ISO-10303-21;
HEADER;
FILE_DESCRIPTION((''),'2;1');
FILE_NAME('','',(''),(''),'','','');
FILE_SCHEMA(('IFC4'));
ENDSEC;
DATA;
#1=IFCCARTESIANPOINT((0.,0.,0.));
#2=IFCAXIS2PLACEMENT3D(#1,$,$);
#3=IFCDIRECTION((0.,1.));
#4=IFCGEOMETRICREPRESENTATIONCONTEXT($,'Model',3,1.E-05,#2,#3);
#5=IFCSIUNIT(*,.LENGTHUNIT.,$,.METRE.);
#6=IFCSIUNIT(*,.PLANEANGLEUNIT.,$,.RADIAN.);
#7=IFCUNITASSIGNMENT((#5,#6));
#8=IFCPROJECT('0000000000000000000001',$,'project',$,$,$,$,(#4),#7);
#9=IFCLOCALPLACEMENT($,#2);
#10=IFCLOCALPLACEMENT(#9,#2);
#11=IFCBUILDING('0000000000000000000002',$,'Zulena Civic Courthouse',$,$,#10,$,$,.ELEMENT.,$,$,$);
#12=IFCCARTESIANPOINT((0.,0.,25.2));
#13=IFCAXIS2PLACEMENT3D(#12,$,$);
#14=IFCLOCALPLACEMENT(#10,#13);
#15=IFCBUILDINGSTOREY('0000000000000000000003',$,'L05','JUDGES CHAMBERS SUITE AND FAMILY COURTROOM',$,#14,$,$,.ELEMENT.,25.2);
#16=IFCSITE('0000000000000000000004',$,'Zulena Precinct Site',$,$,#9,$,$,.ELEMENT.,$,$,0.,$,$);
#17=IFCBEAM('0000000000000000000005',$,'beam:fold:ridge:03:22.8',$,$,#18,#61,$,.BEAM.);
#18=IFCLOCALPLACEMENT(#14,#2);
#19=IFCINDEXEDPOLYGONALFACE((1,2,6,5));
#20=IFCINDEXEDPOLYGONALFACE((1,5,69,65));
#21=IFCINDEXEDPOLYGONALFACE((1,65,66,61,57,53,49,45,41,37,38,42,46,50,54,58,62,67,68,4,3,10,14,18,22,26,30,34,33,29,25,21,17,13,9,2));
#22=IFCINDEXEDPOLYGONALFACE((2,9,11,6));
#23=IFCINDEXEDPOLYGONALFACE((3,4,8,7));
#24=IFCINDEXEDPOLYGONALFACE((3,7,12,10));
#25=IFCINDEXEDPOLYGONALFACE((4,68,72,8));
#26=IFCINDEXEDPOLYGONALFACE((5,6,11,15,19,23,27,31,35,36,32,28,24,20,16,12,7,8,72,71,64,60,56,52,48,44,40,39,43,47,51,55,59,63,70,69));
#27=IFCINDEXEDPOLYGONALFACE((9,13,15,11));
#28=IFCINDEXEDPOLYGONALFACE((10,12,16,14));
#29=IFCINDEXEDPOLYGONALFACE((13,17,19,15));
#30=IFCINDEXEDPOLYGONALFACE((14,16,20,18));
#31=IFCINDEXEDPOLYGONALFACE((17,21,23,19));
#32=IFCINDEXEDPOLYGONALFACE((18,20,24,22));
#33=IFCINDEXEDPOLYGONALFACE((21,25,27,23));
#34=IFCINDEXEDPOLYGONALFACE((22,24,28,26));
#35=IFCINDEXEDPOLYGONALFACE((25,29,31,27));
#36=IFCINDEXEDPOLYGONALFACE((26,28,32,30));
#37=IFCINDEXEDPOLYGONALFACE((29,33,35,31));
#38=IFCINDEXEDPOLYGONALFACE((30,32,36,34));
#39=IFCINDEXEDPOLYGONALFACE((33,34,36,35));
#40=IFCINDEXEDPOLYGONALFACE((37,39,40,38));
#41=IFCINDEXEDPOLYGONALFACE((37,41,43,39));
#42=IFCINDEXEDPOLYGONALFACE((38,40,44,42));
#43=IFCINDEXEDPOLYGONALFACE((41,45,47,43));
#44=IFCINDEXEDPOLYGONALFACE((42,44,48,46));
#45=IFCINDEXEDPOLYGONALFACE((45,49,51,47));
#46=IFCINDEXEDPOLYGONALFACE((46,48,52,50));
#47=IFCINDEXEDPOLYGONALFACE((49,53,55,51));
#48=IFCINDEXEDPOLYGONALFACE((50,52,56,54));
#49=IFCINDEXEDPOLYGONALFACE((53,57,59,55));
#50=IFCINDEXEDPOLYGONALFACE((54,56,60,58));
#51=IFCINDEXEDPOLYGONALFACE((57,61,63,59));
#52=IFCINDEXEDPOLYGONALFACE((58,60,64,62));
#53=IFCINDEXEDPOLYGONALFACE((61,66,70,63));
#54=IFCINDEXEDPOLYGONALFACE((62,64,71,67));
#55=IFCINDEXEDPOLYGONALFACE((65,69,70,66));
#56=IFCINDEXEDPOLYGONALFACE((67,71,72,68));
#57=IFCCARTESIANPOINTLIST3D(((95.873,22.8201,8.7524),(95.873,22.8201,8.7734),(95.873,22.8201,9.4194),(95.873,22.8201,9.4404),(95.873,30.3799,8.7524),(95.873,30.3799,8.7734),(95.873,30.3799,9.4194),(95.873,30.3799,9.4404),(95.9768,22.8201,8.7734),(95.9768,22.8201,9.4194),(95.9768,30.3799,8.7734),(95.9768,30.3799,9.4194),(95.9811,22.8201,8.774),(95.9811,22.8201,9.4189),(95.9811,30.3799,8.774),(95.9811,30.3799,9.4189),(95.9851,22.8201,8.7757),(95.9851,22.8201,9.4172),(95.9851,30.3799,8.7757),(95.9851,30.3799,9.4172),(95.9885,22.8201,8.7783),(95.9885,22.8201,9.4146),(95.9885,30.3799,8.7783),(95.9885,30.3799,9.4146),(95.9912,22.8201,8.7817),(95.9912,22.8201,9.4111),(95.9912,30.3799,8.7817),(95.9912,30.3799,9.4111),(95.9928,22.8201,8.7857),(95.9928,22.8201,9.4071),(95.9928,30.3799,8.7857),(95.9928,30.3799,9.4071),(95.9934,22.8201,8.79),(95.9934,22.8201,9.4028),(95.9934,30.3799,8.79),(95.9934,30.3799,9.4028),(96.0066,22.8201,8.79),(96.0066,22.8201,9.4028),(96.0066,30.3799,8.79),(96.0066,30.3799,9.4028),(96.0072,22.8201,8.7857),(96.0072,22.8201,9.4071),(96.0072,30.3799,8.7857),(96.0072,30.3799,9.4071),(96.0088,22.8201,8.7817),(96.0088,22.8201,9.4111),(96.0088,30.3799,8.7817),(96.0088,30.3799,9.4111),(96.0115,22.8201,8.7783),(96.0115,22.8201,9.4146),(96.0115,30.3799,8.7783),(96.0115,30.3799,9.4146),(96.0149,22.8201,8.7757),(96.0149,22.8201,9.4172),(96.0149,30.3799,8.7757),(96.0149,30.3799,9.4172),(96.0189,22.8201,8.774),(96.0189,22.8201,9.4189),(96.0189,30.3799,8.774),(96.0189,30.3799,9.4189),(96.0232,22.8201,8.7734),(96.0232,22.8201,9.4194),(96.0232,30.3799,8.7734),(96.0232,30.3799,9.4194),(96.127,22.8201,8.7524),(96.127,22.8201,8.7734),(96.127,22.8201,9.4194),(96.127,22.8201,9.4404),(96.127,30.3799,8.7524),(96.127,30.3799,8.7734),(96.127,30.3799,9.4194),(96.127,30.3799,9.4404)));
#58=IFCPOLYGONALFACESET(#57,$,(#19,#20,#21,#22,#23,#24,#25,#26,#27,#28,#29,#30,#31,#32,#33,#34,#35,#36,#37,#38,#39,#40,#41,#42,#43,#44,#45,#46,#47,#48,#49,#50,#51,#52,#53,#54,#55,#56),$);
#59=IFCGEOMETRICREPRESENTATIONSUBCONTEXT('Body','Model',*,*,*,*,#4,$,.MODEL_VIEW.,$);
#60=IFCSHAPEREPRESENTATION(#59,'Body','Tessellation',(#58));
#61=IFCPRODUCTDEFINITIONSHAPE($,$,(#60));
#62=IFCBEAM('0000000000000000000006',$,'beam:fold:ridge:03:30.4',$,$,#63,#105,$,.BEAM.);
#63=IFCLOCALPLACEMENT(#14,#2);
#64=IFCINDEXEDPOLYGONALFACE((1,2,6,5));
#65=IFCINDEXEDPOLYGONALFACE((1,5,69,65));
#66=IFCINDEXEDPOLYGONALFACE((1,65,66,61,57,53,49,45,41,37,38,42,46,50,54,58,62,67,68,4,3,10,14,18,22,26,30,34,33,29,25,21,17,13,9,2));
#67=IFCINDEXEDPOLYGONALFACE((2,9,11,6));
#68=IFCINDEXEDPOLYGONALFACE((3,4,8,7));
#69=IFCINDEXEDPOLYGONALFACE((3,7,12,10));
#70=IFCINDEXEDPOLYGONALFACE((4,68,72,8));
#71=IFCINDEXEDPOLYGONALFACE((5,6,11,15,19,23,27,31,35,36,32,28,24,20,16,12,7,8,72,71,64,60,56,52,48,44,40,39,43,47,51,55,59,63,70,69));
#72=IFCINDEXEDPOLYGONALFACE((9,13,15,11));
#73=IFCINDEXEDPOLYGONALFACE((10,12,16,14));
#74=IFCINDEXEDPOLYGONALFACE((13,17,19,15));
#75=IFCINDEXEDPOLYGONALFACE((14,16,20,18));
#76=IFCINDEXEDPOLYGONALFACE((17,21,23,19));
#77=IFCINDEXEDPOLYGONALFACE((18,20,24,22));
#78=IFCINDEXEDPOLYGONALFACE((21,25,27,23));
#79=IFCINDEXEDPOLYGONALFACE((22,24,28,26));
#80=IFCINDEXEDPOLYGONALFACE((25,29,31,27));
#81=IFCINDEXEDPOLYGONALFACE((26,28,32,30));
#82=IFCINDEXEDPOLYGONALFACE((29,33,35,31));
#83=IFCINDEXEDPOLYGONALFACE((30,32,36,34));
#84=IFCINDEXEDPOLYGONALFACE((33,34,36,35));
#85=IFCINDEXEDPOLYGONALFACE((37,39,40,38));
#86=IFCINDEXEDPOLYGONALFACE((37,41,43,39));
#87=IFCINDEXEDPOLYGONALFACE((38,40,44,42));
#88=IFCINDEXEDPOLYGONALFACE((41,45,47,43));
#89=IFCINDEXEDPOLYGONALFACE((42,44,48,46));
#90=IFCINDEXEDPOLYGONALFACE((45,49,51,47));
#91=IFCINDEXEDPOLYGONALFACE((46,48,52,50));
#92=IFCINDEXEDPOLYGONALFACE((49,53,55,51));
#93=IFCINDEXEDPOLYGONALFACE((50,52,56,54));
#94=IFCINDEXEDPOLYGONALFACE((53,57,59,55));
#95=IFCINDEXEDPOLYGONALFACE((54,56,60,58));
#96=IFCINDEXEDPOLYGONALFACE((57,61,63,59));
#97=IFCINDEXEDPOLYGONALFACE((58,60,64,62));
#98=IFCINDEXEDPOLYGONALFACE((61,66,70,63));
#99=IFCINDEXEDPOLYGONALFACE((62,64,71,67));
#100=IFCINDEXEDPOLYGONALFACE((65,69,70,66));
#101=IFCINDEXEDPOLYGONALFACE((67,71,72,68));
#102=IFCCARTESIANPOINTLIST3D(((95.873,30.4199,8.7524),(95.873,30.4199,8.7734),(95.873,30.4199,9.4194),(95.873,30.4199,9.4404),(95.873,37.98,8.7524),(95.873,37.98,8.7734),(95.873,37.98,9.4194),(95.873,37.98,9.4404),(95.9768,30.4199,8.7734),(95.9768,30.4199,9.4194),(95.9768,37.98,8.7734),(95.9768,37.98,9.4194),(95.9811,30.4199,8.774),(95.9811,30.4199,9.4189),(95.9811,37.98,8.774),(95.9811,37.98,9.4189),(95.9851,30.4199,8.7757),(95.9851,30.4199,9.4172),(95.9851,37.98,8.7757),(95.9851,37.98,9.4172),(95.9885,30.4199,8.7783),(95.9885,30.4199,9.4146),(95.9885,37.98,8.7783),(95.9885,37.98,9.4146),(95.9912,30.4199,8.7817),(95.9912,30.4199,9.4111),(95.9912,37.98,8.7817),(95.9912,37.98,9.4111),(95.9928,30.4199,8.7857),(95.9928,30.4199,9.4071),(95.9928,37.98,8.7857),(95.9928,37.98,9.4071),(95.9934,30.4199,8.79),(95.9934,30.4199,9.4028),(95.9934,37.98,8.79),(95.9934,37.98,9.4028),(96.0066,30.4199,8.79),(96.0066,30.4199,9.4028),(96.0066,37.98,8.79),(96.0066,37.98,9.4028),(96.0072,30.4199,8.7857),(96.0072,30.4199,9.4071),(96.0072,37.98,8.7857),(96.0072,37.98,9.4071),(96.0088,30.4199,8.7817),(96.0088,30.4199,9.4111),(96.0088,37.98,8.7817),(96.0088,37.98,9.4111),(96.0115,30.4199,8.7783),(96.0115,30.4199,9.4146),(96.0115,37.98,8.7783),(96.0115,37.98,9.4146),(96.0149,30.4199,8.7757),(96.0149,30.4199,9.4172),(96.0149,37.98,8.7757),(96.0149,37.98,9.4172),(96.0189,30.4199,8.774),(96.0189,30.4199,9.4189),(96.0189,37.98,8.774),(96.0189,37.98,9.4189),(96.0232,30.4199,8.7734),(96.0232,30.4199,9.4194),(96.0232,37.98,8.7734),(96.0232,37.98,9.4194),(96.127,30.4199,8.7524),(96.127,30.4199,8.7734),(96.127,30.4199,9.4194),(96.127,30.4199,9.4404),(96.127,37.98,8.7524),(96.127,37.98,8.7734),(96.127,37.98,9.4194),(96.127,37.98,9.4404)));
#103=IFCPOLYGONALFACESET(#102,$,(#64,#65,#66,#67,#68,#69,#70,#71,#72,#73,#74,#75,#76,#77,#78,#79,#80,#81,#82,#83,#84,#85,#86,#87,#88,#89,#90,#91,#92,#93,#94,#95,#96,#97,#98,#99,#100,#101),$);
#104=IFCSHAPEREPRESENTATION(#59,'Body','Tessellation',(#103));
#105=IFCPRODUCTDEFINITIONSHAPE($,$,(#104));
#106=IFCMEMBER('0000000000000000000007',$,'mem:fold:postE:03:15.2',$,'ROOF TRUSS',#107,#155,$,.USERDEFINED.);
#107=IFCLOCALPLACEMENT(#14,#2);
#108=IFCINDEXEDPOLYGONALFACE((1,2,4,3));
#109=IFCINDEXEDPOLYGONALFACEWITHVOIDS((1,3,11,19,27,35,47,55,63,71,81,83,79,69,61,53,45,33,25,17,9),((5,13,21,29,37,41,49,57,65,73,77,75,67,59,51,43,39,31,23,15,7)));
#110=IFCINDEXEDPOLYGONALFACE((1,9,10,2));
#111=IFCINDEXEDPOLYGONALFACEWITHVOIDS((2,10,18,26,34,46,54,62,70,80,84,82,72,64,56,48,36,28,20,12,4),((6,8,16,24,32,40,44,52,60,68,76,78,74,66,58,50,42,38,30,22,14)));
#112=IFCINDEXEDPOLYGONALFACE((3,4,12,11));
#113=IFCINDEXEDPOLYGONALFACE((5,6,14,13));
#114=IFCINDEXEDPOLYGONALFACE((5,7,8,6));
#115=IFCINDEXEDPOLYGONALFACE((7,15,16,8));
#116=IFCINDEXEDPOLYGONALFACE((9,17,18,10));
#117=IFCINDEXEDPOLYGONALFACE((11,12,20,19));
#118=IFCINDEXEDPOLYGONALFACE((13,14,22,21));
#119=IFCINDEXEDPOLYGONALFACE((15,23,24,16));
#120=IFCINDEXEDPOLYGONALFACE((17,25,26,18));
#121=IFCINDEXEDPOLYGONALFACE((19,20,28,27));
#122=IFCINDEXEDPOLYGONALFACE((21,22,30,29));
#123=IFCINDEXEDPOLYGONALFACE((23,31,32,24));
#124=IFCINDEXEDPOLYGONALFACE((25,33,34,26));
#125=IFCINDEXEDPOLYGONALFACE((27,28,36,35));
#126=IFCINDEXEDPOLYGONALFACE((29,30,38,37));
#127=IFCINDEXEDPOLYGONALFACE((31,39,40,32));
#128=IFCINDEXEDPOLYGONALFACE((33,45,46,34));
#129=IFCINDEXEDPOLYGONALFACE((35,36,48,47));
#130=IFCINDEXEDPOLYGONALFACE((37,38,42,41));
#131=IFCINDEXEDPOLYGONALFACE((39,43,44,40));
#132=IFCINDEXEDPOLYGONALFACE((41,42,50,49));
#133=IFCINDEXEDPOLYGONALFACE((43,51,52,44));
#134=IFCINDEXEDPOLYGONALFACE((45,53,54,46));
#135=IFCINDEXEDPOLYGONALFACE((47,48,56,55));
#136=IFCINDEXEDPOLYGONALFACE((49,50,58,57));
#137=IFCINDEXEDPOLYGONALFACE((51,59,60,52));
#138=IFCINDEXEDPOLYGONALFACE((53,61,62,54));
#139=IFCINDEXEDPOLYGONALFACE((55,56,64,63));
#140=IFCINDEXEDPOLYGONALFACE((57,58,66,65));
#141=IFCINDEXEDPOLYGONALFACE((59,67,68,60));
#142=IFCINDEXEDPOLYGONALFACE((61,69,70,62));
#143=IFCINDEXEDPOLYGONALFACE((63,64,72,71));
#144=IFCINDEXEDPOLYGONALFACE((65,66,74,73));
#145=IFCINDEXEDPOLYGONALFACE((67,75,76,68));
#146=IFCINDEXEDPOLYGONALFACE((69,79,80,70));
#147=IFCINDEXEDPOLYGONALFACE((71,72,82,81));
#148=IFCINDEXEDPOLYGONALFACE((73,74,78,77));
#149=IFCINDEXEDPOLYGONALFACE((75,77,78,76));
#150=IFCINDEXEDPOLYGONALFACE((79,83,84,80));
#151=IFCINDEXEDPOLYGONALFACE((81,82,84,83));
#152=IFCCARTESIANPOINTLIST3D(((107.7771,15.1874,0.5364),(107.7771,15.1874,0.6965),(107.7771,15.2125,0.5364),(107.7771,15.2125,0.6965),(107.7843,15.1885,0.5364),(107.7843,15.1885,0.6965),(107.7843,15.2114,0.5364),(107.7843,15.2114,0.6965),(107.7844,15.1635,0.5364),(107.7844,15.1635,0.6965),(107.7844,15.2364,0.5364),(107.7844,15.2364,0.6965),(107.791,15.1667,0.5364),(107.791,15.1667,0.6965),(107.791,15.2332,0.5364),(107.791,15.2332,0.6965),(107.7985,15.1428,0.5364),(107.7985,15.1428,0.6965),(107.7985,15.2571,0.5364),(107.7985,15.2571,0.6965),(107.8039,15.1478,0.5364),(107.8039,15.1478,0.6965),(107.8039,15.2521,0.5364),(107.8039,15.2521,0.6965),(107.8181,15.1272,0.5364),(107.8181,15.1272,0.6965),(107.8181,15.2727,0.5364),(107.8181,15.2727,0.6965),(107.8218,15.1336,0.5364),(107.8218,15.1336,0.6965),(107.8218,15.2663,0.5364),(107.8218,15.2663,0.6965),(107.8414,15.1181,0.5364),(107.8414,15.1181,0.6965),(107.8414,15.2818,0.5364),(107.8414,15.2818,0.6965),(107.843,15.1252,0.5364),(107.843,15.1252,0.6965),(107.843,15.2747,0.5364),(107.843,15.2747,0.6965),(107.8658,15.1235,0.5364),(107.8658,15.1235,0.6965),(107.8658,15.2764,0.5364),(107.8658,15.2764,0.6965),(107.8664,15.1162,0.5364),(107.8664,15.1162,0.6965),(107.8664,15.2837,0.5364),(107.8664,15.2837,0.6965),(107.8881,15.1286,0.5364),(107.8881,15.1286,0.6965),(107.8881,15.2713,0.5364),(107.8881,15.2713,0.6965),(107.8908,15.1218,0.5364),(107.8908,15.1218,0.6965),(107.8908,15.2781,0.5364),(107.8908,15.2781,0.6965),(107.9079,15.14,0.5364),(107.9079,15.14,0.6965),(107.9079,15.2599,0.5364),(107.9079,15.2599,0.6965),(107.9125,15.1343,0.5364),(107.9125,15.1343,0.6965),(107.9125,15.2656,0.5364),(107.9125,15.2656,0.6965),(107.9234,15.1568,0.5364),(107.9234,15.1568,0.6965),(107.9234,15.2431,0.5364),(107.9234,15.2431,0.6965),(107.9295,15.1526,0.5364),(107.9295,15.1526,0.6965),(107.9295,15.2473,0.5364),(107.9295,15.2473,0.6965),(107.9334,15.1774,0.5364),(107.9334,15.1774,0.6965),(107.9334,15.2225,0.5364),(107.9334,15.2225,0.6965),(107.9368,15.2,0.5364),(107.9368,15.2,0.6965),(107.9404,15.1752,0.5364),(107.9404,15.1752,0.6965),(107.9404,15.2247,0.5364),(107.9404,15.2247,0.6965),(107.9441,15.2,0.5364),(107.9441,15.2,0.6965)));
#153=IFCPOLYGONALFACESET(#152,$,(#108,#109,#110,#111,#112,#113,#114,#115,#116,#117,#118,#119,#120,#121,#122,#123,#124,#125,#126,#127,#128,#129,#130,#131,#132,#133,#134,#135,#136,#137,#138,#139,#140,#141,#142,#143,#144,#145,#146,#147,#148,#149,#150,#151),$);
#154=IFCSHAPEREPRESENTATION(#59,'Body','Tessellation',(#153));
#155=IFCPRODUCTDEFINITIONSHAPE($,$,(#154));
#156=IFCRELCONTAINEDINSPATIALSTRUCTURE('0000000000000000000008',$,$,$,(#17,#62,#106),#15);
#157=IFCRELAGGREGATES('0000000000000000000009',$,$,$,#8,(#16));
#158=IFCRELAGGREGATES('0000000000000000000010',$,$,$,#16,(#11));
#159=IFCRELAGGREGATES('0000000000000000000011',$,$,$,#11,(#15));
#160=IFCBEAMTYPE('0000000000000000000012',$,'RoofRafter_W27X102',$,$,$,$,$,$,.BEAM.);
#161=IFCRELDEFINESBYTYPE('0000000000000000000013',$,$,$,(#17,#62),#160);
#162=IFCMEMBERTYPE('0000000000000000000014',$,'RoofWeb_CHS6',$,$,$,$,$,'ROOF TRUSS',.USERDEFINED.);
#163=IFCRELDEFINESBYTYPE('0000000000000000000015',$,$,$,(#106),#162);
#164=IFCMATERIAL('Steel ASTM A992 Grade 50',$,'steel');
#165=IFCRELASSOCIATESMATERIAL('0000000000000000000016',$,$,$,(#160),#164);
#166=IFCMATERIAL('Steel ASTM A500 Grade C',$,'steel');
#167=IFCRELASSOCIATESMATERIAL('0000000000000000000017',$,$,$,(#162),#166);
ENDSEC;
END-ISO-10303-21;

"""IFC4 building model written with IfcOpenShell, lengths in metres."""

from ifc_helpers import new_model, si_unit, direction, frame, origin, origin_2d, place, context, subcontext, project, spatial, hollow_circle, i_section, extrude, material, material_profile, profile_set, type_object, element, save


model = new_model("IFC4")

# Units and contexts
model_context = context("Model", 3, precision=1e-05, world=origin(), true_north=direction((0.0, 1.0)))
body_context = subcontext(model_context, "Body", "Model", "MODEL_VIEW")
ifc_project = project(units=[si_unit("LENGTHUNIT", "METRE"), si_unit("PLANEANGLEUNIT", "RADIAN")], contexts=[model_context])

# Site, building, storey
site_placement = place(None, origin())
site = spatial("IfcSite", under=ifc_project, at=site_placement, Name="Zulena Precinct Site", CompositionType="ELEMENT", RefElevation=0.0)
building_placement = place(site_placement, origin())
building = spatial("IfcBuilding", under=site, at=building_placement, Name="Zulena Civic Courthouse", CompositionType="ELEMENT")
storey_placement = place(building_placement, frame((0.0, 0.0, 25.2)))
storey = spatial("IfcBuildingStorey", under=building, at=storey_placement, Name="L05", Description="JUDGES CHAMBERS SUITE AND FAMILY COURTROOM", CompositionType="ELEMENT", Elevation=25.2)

# Beams
ifc_material_1 = material(Name="Steel ASTM A992 Grade 50", Category="steel")
ifc_material_profile_1 = material_profile(ifc_material_1, i_section(OverallWidth=0.2539, OverallDepth=0.688, WebThickness=0.0132, FlangeThickness=0.021, FilletRadius=0.0166, at=origin_2d()), Name="W27X102")
ifc_profile_set_1 = profile_set([ifc_material_profile_1], Name="Steel ASTM A992 Grade 50")
beam_type_1 = type_object("IfcBeamType", Name="RoofRafter_W27X102", PredefinedType="BEAM", material=ifc_profile_set_1)
beam_1_placement = place(storey_placement, frame((96.0, 22.8201, 9.0964), z_axis=(0.0, 1.0, 0.0), x_axis=(-1.0, 0.0, 0.0)))
element("IfcBeam", 1, at=beam_1_placement, inside=storey, type_object=beam_type_1, Name="beam:fold:ridge:03:22.8", PredefinedType="BEAM", context=body_context, shape_type="SweptSolid", body=[
    extrude(i_section(OverallWidth=0.2539, OverallDepth=0.688, WebThickness=0.0132, FlangeThickness=0.021, FilletRadius=0.0166, at=origin_2d()), origin(), (0.0, 0.0, 1.0), 7.5598),
])
beam_2_placement = place(storey_placement, frame((96.0, 30.4199, 9.0964), z_axis=(0.0, 1.0, 0.0), x_axis=(-1.0, 0.0, 0.0)))
element("IfcBeam", 2, at=beam_2_placement, inside=storey, type_object=beam_type_1, Name="beam:fold:ridge:03:30.4", PredefinedType="BEAM", context=body_context, shape_type="SweptSolid", body=[
    extrude(i_section(OverallWidth=0.2539, OverallDepth=0.688, WebThickness=0.0132, FlangeThickness=0.021, FilletRadius=0.0166, at=origin_2d()), origin(), (0.0, 0.0, 1.0), 7.5601),
])

# Member
ifc_material_2 = material(Name="Steel ASTM A500 Grade C", Category="steel")
ifc_material_profile_2 = material_profile(ifc_material_2, hollow_circle(Radius=0.084, WallThickness=0.0073, at=origin_2d()), Name="HSS6.625X0.312")
ifc_profile_set_2 = profile_set([ifc_material_profile_2], Name="Steel ASTM A500 Grade C")
member_type_1 = type_object("IfcMemberType", Name="RoofWeb_CHS6", ElementType="ROOF TRUSS", PredefinedType="USERDEFINED", material=ifc_profile_set_2)
for number, where, z_axis, x_axis, name in (
    (3, (107.8601, 15.2, 0.5364), (0.0, 0.0, 1.0), (1.0, 0.0, 0.0), "mem:fold:postE:03:15.2"),
):
    element("IfcMember", number, at=place(storey_placement, frame(where, z_axis=z_axis, x_axis=x_axis)), inside=storey, type_object=member_type_1, Name=name, ObjectType="ROOF TRUSS", PredefinedType="USERDEFINED", context=body_context, shape_type="SweptSolid", body=[
        extrude(hollow_circle(Radius=0.084, WallThickness=0.0073, at=origin_2d()), origin(), (0.0, 0.0, 1.0), 0.1602),
    ])

save(model, "model.ifc")
